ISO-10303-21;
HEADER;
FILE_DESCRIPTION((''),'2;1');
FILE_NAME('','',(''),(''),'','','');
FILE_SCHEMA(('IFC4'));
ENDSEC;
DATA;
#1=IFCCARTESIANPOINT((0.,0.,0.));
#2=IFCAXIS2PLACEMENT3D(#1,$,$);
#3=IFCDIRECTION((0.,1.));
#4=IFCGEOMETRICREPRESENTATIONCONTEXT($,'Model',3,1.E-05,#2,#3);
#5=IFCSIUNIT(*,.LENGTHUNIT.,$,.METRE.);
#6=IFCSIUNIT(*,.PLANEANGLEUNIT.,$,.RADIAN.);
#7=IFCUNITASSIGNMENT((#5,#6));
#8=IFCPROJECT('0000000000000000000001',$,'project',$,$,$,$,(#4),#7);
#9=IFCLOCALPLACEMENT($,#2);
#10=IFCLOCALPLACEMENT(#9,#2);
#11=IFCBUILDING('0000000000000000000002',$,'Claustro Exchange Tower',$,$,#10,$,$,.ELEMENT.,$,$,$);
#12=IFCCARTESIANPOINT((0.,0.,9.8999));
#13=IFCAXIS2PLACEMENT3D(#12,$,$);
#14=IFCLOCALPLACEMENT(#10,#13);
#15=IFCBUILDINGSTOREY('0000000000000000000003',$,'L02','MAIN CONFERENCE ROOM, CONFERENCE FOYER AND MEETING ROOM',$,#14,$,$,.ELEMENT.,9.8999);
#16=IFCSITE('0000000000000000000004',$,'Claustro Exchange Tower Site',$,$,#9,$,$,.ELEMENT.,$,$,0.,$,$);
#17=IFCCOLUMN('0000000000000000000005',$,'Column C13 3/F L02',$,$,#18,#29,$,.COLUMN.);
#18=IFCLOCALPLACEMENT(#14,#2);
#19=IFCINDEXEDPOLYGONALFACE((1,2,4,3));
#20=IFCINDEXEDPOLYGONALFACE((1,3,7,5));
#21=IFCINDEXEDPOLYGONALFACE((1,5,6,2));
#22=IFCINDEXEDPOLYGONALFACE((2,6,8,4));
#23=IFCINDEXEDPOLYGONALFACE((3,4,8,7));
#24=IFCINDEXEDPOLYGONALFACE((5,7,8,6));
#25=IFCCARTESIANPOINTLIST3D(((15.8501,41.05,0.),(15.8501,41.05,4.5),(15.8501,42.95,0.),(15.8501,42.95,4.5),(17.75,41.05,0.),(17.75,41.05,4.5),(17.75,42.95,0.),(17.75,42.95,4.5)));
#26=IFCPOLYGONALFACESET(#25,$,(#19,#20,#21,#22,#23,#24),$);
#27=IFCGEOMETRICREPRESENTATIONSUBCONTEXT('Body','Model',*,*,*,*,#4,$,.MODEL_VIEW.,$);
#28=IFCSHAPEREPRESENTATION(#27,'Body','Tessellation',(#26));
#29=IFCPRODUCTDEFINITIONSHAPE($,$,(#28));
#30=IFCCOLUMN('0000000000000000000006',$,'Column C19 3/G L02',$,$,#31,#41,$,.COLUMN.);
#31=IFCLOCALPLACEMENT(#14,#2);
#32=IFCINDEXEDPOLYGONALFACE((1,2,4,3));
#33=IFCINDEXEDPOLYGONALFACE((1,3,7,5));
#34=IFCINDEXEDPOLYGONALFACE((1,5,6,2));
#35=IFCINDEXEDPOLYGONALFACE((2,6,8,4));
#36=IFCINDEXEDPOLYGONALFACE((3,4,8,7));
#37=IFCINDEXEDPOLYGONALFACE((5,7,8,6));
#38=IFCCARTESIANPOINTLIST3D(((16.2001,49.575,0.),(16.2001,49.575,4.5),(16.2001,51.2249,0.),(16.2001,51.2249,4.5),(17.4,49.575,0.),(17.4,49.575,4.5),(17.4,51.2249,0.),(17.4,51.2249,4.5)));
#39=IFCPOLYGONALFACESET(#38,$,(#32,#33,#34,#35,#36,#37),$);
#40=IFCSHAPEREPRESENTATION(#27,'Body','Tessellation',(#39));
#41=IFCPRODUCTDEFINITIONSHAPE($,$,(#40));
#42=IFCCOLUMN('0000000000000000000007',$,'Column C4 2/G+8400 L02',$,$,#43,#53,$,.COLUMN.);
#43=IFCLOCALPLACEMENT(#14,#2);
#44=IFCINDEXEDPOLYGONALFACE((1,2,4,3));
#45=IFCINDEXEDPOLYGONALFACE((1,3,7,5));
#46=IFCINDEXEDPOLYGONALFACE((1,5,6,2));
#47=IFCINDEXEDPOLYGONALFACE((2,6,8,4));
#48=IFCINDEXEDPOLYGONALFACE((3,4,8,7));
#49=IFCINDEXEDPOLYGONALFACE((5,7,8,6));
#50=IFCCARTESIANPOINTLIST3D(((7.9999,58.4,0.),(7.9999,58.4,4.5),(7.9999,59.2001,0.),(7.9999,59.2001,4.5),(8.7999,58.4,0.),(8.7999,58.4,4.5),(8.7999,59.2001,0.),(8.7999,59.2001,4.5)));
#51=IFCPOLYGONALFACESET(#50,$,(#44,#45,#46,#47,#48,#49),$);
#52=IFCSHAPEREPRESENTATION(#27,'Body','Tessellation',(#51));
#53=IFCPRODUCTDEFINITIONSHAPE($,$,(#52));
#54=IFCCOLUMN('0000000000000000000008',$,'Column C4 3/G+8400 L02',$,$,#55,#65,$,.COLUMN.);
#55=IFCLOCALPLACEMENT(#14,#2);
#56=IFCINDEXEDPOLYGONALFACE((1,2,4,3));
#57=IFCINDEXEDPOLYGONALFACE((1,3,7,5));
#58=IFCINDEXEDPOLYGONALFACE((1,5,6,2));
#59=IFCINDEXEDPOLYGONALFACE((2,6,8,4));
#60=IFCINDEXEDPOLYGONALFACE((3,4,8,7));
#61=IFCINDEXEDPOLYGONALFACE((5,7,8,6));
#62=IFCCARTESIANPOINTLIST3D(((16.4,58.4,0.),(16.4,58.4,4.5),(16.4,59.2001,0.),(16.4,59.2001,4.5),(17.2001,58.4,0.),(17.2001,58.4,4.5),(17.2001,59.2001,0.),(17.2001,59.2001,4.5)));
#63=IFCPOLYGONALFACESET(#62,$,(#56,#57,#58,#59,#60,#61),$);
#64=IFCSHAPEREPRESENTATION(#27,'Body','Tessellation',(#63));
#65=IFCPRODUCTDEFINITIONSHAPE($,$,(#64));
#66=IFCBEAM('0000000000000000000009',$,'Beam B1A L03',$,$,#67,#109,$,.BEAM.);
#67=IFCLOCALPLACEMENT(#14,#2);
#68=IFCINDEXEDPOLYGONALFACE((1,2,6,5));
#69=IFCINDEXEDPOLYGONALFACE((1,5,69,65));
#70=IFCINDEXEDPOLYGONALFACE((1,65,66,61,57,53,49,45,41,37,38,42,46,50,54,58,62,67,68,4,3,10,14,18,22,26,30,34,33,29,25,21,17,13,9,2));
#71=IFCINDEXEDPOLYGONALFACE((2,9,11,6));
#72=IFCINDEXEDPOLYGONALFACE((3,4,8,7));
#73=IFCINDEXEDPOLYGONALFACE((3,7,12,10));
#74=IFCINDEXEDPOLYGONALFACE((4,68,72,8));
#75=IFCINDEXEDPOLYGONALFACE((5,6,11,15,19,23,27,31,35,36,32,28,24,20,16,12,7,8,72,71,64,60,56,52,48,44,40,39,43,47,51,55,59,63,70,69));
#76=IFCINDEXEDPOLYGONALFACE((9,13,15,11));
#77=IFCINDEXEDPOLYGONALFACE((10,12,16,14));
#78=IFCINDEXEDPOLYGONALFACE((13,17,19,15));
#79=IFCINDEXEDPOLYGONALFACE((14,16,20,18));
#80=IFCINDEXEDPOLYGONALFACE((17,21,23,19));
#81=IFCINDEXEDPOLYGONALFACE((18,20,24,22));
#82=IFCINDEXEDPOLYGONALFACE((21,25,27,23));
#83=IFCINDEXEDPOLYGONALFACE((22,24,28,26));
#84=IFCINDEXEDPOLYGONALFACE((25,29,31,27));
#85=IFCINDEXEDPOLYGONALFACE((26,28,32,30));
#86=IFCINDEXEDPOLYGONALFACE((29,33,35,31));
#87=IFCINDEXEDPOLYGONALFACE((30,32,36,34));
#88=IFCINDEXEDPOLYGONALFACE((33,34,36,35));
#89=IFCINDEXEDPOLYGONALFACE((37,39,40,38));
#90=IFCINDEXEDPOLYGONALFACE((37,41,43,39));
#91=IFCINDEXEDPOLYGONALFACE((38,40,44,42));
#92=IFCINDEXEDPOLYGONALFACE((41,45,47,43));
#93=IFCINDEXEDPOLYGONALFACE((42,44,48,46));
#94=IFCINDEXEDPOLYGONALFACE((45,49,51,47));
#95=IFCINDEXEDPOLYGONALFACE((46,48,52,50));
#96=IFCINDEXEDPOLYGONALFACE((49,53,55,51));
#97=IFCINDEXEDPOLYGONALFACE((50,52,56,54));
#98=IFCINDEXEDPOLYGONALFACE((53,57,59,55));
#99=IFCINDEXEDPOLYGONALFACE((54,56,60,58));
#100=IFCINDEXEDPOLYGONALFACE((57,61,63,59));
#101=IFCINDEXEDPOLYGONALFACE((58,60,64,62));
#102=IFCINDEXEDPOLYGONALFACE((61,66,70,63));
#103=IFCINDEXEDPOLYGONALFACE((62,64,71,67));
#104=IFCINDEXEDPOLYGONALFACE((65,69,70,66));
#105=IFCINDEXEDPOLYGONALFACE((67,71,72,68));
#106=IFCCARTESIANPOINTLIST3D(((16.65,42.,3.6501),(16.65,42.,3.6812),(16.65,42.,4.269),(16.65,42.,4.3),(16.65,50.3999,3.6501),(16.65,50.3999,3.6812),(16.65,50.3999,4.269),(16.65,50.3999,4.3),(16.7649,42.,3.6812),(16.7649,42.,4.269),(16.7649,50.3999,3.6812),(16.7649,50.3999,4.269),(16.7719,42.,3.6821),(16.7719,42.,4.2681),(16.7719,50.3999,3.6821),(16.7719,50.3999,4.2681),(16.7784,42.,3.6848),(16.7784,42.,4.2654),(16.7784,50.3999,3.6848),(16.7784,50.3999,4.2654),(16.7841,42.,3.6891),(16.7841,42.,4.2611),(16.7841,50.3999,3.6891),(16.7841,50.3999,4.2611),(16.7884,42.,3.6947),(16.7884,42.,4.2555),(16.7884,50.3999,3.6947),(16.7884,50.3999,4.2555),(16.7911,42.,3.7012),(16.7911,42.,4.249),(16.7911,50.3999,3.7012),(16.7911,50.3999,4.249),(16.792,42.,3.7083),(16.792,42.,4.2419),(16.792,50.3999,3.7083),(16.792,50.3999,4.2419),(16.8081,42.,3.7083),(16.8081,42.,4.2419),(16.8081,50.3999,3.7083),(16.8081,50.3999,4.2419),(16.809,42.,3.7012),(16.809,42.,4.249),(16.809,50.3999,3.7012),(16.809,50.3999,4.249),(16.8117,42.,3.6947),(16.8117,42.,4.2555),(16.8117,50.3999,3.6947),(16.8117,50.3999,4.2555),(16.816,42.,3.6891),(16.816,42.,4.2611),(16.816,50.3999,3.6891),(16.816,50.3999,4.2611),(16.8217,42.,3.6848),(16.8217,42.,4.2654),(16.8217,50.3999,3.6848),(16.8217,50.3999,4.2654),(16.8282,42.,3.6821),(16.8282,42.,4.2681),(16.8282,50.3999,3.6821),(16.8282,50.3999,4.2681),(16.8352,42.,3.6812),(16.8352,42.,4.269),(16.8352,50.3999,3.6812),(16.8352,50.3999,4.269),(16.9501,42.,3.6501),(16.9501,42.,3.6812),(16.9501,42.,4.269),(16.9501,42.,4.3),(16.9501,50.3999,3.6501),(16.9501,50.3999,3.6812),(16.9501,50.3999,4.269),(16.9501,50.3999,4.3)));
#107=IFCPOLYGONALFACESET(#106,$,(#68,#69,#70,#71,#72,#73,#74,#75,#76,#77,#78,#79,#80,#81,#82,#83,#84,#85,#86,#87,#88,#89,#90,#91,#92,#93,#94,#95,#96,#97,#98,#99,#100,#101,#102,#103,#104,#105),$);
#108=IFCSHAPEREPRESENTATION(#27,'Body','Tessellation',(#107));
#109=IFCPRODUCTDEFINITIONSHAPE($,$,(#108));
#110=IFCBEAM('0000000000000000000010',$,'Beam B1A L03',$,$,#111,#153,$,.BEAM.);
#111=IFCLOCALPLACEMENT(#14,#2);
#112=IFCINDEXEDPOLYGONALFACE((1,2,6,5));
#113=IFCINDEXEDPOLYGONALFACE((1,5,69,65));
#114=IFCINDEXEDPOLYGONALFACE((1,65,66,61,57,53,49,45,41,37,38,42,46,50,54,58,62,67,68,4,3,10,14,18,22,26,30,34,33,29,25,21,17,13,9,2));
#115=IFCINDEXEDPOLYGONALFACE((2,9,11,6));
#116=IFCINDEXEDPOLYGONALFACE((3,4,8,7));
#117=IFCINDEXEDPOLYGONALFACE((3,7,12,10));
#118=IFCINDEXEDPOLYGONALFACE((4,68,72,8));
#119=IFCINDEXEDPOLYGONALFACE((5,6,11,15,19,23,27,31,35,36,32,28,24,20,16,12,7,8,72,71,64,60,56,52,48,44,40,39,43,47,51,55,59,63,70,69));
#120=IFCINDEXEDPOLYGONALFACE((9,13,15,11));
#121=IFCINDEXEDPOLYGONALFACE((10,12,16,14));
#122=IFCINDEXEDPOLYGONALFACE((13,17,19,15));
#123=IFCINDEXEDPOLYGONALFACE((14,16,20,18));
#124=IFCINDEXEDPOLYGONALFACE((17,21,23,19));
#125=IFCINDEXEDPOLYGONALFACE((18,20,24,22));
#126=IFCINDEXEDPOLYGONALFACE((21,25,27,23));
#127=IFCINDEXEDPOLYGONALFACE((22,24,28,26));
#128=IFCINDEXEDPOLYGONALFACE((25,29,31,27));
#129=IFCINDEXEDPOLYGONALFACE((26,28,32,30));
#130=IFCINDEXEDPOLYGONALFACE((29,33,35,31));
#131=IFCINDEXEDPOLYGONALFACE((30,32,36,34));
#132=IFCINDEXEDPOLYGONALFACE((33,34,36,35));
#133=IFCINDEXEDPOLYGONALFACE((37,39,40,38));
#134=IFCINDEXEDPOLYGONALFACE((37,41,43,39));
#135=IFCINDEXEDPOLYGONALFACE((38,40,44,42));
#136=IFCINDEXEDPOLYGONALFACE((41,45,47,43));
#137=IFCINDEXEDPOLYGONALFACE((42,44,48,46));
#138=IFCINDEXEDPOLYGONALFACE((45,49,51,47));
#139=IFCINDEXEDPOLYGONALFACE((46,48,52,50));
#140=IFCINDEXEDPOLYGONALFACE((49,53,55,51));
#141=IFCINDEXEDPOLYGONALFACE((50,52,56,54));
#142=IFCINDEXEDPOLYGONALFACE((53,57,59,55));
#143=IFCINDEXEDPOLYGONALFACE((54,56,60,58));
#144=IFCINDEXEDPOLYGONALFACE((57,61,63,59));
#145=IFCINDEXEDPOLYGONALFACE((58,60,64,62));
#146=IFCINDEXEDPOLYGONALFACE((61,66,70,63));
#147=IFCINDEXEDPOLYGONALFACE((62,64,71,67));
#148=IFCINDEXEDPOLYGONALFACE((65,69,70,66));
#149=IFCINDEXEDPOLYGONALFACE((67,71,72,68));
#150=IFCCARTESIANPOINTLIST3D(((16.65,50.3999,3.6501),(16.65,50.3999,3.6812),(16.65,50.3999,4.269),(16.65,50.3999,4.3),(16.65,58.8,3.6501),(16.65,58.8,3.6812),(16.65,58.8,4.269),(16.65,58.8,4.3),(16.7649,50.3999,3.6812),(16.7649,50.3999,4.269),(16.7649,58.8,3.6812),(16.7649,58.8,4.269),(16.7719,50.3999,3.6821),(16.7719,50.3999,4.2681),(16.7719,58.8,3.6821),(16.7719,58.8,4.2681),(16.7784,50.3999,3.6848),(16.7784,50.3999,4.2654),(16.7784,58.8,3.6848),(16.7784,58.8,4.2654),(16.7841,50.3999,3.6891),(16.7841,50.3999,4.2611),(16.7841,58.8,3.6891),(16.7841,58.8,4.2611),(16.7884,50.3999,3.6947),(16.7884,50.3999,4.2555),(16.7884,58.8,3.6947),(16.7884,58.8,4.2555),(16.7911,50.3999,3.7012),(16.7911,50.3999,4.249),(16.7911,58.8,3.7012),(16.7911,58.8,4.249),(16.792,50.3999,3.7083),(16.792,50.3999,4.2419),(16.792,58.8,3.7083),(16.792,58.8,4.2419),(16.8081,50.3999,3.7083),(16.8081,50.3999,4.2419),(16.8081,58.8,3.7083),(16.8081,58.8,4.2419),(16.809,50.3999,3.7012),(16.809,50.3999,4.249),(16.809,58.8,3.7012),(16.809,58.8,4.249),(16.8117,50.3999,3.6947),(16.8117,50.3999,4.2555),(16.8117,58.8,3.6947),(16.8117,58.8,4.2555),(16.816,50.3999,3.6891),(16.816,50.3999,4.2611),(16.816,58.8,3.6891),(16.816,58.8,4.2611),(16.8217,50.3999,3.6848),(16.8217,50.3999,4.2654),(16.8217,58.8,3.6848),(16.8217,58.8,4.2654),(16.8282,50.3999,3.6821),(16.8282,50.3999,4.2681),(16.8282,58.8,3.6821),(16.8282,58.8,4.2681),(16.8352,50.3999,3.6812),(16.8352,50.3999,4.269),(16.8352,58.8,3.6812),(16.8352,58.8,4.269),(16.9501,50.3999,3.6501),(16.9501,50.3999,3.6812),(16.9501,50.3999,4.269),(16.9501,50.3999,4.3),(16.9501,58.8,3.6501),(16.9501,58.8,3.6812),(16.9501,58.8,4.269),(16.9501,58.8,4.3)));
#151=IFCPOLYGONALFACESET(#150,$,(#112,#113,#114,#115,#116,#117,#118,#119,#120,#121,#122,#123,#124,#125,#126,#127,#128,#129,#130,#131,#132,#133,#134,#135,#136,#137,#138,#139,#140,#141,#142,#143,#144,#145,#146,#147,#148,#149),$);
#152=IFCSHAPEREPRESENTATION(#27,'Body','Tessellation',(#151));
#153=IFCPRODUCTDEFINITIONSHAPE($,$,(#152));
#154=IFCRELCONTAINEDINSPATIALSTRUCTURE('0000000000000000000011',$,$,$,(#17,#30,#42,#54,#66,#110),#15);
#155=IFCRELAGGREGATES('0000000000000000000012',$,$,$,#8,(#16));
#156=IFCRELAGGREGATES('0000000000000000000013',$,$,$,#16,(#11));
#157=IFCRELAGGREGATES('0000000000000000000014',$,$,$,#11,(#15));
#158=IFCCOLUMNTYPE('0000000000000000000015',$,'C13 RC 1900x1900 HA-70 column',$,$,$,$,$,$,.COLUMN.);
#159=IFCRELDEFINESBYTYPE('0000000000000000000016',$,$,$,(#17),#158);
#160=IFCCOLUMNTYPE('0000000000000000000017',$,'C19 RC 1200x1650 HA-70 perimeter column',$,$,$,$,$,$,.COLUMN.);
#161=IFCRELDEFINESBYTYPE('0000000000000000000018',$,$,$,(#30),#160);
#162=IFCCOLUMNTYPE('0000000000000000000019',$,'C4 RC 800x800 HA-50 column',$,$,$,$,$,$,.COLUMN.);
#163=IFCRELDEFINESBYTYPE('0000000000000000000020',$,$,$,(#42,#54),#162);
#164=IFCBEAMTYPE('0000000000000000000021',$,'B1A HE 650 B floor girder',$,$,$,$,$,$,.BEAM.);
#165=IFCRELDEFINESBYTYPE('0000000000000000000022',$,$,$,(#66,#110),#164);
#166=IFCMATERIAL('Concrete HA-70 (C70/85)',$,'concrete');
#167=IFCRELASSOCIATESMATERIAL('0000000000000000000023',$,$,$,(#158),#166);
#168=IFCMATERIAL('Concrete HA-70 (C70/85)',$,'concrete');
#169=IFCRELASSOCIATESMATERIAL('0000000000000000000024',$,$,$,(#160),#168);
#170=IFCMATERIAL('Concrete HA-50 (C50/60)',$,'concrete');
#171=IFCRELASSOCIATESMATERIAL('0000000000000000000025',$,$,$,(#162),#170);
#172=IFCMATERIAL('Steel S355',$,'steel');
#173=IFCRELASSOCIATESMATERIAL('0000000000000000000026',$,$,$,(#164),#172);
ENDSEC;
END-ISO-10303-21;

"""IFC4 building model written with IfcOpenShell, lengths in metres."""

from ifc_helpers import new_model, si_unit, direction, frame, origin, origin_2d, place, context, subcontext, project, spatial, rectangle, i_section, extrude, material, material_profile, profile_set, type_object, element, save


model = new_model("IFC4")

# Units and contexts
model_context = context("Model", 3, precision=1e-05, world=origin(), true_north=direction((0.0, 1.0)))
body_context = subcontext(model_context, "Body", "Model", "MODEL_VIEW")
ifc_project = project(units=[si_unit("LENGTHUNIT", "METRE"), si_unit("PLANEANGLEUNIT", "RADIAN")], contexts=[model_context])

# Site, building, storey
site_placement = place(None, origin())
site = spatial("IfcSite", under=ifc_project, at=site_placement, Name="Claustro Exchange Tower Site", CompositionType="ELEMENT", RefElevation=0.0)
building_placement = place(site_placement, origin())
building = spatial("IfcBuilding", under=site, at=building_placement, Name="Claustro Exchange Tower", CompositionType="ELEMENT")
storey_placement = place(building_placement, frame((0.0, 0.0, 9.8999)))
storey = spatial("IfcBuildingStorey", under=building, at=storey_placement, Name="L02", Description="MAIN CONFERENCE ROOM, CONFERENCE FOYER AND MEETING ROOM", CompositionType="ELEMENT", Elevation=9.8999)

# Columns
ifc_material_1 = material(Name="Concrete HA-70 (C70/85)", Category="concrete")
ifc_material_profile_1 = material_profile(ifc_material_1, rectangle(XDim=1.8999, YDim=1.8999, at=origin_2d()), Name="RC 1900x1900")
ifc_profile_set_1 = profile_set([ifc_material_profile_1], Name="Concrete HA-70 (C70/85)")
column_type_1 = type_object("IfcColumnType", Name="C13 RC 1900x1900 HA-70 column", PredefinedType="COLUMN", material=ifc_profile_set_1)
column_1_placement = place(storey_placement, frame((16.8, 42.0, 0.0), z_axis=(0.0, 0.0, 1.0), x_axis=(1.0, 0.0, 0.0)))
element("IfcColumn", 1, at=column_1_placement, inside=storey, type_object=column_type_1, Name="Column C13 3/F L02", PredefinedType="COLUMN", context=body_context, shape_type="SweptSolid", body=[
    extrude(rectangle(XDim=1.8999, YDim=1.8999, at=origin_2d()), origin(), (0.0, 0.0, 1.0), 4.5),
])
ifc_material_2 = material(Name="Concrete HA-70 (C70/85)", Category="concrete")
ifc_material_profile_2 = material_profile(ifc_material_2, rectangle(XDim=1.2, YDim=1.6499, at=origin_2d()), Name="RC 1200x1650")
ifc_profile_set_2 = profile_set([ifc_material_profile_2], Name="Concrete HA-70 (C70/85)")
column_type_2 = type_object("IfcColumnType", Name="C19 RC 1200x1650 HA-70 perimeter column", PredefinedType="COLUMN", material=ifc_profile_set_2)
column_2_placement = place(storey_placement, frame((16.8, 50.3999, 0.0), z_axis=(0.0, 0.0, 1.0), x_axis=(1.0, 0.0, 0.0)))
element("IfcColumn", 2, at=column_2_placement, inside=storey, type_object=column_type_2, Name="Column C19 3/G L02", PredefinedType="COLUMN", context=body_context, shape_type="SweptSolid", body=[
    extrude(rectangle(XDim=1.2, YDim=1.6499, at=origin_2d()), origin(), (0.0, 0.0, 1.0), 4.5),
])
ifc_material_3 = material(Name="Concrete HA-50 (C50/60)", Category="concrete")
ifc_material_profile_3 = material_profile(ifc_material_3, rectangle(XDim=0.8, YDim=0.8, at=origin_2d()), Name="RC 800x800")
ifc_profile_set_3 = profile_set([ifc_material_profile_3], Name="Concrete HA-50 (C50/60)")
column_type_3 = type_object("IfcColumnType", Name="C4 RC 800x800 HA-50 column", PredefinedType="COLUMN", material=ifc_profile_set_3)
for number, where, z_axis, x_axis, name in (
    (3, (8.3999, 58.8, 0.0), (0.0, 0.0, 1.0), (1.0, 0.0, 0.0), "Column C4 2/G+8400 L02"),
    (4, (16.8, 58.8, 0.0), (0.0, 0.0, 1.0), (1.0, 0.0, 0.0), "Column C4 3/G+8400 L02"),
):
    element("IfcColumn", number, at=place(storey_placement, frame(where, z_axis=z_axis, x_axis=x_axis)), inside=storey, type_object=column_type_3, Name=name, PredefinedType="COLUMN", context=body_context, shape_type="SweptSolid", body=[
        extrude(rectangle(XDim=0.8, YDim=0.8, at=origin_2d()), origin(), (0.0, 0.0, 1.0), 4.5),
    ])

# Beams
ifc_material_4 = material(Name="Steel S355", Category="steel")
ifc_material_profile_4 = material_profile(ifc_material_4, i_section(OverallWidth=0.3, OverallDepth=0.6499, WebThickness=0.0161, FlangeThickness=0.031, FilletRadius=0.0271, at=origin_2d()), Name="HE 650 B")
ifc_profile_set_4 = profile_set([ifc_material_profile_4], Name="Steel S355")
beam_type_1 = type_object("IfcBeamType", Name="B1A HE 650 B floor girder", PredefinedType="BEAM", material=ifc_profile_set_4)
beam_1_placement = place(storey_placement, frame((16.8, 42.0, 3.9751), z_axis=(0.0, 1.0, 0.0), x_axis=(-1.0, 0.0, 0.0)))
element("IfcBeam", 5, at=beam_1_placement, inside=storey, type_object=beam_type_1, Name="Beam B1A L03", PredefinedType="BEAM", context=body_context, shape_type="SweptSolid", body=[
    extrude(i_section(OverallWidth=0.3, OverallDepth=0.6499, WebThickness=0.0161, FlangeThickness=0.031, FilletRadius=0.0271, at=origin_2d()), origin(), (0.0, 0.0, 1.0), 8.3999),
])
beam_2_placement = place(storey_placement, frame((16.8, 50.3999, 3.9751), z_axis=(0.0, 1.0, 0.0), x_axis=(-1.0, 0.0, 0.0)))
element("IfcBeam", 6, at=beam_2_placement, inside=storey, type_object=beam_type_1, Name="Beam B1A L03", PredefinedType="BEAM", context=body_context, shape_type="SweptSolid", body=[
    extrude(i_section(OverallWidth=0.3, OverallDepth=0.6499, WebThickness=0.0161, FlangeThickness=0.031, FilletRadius=0.0271, at=origin_2d()), origin(), (0.0, 0.0, 1.0), 8.4001),
])

save(model, "model.ifc")
